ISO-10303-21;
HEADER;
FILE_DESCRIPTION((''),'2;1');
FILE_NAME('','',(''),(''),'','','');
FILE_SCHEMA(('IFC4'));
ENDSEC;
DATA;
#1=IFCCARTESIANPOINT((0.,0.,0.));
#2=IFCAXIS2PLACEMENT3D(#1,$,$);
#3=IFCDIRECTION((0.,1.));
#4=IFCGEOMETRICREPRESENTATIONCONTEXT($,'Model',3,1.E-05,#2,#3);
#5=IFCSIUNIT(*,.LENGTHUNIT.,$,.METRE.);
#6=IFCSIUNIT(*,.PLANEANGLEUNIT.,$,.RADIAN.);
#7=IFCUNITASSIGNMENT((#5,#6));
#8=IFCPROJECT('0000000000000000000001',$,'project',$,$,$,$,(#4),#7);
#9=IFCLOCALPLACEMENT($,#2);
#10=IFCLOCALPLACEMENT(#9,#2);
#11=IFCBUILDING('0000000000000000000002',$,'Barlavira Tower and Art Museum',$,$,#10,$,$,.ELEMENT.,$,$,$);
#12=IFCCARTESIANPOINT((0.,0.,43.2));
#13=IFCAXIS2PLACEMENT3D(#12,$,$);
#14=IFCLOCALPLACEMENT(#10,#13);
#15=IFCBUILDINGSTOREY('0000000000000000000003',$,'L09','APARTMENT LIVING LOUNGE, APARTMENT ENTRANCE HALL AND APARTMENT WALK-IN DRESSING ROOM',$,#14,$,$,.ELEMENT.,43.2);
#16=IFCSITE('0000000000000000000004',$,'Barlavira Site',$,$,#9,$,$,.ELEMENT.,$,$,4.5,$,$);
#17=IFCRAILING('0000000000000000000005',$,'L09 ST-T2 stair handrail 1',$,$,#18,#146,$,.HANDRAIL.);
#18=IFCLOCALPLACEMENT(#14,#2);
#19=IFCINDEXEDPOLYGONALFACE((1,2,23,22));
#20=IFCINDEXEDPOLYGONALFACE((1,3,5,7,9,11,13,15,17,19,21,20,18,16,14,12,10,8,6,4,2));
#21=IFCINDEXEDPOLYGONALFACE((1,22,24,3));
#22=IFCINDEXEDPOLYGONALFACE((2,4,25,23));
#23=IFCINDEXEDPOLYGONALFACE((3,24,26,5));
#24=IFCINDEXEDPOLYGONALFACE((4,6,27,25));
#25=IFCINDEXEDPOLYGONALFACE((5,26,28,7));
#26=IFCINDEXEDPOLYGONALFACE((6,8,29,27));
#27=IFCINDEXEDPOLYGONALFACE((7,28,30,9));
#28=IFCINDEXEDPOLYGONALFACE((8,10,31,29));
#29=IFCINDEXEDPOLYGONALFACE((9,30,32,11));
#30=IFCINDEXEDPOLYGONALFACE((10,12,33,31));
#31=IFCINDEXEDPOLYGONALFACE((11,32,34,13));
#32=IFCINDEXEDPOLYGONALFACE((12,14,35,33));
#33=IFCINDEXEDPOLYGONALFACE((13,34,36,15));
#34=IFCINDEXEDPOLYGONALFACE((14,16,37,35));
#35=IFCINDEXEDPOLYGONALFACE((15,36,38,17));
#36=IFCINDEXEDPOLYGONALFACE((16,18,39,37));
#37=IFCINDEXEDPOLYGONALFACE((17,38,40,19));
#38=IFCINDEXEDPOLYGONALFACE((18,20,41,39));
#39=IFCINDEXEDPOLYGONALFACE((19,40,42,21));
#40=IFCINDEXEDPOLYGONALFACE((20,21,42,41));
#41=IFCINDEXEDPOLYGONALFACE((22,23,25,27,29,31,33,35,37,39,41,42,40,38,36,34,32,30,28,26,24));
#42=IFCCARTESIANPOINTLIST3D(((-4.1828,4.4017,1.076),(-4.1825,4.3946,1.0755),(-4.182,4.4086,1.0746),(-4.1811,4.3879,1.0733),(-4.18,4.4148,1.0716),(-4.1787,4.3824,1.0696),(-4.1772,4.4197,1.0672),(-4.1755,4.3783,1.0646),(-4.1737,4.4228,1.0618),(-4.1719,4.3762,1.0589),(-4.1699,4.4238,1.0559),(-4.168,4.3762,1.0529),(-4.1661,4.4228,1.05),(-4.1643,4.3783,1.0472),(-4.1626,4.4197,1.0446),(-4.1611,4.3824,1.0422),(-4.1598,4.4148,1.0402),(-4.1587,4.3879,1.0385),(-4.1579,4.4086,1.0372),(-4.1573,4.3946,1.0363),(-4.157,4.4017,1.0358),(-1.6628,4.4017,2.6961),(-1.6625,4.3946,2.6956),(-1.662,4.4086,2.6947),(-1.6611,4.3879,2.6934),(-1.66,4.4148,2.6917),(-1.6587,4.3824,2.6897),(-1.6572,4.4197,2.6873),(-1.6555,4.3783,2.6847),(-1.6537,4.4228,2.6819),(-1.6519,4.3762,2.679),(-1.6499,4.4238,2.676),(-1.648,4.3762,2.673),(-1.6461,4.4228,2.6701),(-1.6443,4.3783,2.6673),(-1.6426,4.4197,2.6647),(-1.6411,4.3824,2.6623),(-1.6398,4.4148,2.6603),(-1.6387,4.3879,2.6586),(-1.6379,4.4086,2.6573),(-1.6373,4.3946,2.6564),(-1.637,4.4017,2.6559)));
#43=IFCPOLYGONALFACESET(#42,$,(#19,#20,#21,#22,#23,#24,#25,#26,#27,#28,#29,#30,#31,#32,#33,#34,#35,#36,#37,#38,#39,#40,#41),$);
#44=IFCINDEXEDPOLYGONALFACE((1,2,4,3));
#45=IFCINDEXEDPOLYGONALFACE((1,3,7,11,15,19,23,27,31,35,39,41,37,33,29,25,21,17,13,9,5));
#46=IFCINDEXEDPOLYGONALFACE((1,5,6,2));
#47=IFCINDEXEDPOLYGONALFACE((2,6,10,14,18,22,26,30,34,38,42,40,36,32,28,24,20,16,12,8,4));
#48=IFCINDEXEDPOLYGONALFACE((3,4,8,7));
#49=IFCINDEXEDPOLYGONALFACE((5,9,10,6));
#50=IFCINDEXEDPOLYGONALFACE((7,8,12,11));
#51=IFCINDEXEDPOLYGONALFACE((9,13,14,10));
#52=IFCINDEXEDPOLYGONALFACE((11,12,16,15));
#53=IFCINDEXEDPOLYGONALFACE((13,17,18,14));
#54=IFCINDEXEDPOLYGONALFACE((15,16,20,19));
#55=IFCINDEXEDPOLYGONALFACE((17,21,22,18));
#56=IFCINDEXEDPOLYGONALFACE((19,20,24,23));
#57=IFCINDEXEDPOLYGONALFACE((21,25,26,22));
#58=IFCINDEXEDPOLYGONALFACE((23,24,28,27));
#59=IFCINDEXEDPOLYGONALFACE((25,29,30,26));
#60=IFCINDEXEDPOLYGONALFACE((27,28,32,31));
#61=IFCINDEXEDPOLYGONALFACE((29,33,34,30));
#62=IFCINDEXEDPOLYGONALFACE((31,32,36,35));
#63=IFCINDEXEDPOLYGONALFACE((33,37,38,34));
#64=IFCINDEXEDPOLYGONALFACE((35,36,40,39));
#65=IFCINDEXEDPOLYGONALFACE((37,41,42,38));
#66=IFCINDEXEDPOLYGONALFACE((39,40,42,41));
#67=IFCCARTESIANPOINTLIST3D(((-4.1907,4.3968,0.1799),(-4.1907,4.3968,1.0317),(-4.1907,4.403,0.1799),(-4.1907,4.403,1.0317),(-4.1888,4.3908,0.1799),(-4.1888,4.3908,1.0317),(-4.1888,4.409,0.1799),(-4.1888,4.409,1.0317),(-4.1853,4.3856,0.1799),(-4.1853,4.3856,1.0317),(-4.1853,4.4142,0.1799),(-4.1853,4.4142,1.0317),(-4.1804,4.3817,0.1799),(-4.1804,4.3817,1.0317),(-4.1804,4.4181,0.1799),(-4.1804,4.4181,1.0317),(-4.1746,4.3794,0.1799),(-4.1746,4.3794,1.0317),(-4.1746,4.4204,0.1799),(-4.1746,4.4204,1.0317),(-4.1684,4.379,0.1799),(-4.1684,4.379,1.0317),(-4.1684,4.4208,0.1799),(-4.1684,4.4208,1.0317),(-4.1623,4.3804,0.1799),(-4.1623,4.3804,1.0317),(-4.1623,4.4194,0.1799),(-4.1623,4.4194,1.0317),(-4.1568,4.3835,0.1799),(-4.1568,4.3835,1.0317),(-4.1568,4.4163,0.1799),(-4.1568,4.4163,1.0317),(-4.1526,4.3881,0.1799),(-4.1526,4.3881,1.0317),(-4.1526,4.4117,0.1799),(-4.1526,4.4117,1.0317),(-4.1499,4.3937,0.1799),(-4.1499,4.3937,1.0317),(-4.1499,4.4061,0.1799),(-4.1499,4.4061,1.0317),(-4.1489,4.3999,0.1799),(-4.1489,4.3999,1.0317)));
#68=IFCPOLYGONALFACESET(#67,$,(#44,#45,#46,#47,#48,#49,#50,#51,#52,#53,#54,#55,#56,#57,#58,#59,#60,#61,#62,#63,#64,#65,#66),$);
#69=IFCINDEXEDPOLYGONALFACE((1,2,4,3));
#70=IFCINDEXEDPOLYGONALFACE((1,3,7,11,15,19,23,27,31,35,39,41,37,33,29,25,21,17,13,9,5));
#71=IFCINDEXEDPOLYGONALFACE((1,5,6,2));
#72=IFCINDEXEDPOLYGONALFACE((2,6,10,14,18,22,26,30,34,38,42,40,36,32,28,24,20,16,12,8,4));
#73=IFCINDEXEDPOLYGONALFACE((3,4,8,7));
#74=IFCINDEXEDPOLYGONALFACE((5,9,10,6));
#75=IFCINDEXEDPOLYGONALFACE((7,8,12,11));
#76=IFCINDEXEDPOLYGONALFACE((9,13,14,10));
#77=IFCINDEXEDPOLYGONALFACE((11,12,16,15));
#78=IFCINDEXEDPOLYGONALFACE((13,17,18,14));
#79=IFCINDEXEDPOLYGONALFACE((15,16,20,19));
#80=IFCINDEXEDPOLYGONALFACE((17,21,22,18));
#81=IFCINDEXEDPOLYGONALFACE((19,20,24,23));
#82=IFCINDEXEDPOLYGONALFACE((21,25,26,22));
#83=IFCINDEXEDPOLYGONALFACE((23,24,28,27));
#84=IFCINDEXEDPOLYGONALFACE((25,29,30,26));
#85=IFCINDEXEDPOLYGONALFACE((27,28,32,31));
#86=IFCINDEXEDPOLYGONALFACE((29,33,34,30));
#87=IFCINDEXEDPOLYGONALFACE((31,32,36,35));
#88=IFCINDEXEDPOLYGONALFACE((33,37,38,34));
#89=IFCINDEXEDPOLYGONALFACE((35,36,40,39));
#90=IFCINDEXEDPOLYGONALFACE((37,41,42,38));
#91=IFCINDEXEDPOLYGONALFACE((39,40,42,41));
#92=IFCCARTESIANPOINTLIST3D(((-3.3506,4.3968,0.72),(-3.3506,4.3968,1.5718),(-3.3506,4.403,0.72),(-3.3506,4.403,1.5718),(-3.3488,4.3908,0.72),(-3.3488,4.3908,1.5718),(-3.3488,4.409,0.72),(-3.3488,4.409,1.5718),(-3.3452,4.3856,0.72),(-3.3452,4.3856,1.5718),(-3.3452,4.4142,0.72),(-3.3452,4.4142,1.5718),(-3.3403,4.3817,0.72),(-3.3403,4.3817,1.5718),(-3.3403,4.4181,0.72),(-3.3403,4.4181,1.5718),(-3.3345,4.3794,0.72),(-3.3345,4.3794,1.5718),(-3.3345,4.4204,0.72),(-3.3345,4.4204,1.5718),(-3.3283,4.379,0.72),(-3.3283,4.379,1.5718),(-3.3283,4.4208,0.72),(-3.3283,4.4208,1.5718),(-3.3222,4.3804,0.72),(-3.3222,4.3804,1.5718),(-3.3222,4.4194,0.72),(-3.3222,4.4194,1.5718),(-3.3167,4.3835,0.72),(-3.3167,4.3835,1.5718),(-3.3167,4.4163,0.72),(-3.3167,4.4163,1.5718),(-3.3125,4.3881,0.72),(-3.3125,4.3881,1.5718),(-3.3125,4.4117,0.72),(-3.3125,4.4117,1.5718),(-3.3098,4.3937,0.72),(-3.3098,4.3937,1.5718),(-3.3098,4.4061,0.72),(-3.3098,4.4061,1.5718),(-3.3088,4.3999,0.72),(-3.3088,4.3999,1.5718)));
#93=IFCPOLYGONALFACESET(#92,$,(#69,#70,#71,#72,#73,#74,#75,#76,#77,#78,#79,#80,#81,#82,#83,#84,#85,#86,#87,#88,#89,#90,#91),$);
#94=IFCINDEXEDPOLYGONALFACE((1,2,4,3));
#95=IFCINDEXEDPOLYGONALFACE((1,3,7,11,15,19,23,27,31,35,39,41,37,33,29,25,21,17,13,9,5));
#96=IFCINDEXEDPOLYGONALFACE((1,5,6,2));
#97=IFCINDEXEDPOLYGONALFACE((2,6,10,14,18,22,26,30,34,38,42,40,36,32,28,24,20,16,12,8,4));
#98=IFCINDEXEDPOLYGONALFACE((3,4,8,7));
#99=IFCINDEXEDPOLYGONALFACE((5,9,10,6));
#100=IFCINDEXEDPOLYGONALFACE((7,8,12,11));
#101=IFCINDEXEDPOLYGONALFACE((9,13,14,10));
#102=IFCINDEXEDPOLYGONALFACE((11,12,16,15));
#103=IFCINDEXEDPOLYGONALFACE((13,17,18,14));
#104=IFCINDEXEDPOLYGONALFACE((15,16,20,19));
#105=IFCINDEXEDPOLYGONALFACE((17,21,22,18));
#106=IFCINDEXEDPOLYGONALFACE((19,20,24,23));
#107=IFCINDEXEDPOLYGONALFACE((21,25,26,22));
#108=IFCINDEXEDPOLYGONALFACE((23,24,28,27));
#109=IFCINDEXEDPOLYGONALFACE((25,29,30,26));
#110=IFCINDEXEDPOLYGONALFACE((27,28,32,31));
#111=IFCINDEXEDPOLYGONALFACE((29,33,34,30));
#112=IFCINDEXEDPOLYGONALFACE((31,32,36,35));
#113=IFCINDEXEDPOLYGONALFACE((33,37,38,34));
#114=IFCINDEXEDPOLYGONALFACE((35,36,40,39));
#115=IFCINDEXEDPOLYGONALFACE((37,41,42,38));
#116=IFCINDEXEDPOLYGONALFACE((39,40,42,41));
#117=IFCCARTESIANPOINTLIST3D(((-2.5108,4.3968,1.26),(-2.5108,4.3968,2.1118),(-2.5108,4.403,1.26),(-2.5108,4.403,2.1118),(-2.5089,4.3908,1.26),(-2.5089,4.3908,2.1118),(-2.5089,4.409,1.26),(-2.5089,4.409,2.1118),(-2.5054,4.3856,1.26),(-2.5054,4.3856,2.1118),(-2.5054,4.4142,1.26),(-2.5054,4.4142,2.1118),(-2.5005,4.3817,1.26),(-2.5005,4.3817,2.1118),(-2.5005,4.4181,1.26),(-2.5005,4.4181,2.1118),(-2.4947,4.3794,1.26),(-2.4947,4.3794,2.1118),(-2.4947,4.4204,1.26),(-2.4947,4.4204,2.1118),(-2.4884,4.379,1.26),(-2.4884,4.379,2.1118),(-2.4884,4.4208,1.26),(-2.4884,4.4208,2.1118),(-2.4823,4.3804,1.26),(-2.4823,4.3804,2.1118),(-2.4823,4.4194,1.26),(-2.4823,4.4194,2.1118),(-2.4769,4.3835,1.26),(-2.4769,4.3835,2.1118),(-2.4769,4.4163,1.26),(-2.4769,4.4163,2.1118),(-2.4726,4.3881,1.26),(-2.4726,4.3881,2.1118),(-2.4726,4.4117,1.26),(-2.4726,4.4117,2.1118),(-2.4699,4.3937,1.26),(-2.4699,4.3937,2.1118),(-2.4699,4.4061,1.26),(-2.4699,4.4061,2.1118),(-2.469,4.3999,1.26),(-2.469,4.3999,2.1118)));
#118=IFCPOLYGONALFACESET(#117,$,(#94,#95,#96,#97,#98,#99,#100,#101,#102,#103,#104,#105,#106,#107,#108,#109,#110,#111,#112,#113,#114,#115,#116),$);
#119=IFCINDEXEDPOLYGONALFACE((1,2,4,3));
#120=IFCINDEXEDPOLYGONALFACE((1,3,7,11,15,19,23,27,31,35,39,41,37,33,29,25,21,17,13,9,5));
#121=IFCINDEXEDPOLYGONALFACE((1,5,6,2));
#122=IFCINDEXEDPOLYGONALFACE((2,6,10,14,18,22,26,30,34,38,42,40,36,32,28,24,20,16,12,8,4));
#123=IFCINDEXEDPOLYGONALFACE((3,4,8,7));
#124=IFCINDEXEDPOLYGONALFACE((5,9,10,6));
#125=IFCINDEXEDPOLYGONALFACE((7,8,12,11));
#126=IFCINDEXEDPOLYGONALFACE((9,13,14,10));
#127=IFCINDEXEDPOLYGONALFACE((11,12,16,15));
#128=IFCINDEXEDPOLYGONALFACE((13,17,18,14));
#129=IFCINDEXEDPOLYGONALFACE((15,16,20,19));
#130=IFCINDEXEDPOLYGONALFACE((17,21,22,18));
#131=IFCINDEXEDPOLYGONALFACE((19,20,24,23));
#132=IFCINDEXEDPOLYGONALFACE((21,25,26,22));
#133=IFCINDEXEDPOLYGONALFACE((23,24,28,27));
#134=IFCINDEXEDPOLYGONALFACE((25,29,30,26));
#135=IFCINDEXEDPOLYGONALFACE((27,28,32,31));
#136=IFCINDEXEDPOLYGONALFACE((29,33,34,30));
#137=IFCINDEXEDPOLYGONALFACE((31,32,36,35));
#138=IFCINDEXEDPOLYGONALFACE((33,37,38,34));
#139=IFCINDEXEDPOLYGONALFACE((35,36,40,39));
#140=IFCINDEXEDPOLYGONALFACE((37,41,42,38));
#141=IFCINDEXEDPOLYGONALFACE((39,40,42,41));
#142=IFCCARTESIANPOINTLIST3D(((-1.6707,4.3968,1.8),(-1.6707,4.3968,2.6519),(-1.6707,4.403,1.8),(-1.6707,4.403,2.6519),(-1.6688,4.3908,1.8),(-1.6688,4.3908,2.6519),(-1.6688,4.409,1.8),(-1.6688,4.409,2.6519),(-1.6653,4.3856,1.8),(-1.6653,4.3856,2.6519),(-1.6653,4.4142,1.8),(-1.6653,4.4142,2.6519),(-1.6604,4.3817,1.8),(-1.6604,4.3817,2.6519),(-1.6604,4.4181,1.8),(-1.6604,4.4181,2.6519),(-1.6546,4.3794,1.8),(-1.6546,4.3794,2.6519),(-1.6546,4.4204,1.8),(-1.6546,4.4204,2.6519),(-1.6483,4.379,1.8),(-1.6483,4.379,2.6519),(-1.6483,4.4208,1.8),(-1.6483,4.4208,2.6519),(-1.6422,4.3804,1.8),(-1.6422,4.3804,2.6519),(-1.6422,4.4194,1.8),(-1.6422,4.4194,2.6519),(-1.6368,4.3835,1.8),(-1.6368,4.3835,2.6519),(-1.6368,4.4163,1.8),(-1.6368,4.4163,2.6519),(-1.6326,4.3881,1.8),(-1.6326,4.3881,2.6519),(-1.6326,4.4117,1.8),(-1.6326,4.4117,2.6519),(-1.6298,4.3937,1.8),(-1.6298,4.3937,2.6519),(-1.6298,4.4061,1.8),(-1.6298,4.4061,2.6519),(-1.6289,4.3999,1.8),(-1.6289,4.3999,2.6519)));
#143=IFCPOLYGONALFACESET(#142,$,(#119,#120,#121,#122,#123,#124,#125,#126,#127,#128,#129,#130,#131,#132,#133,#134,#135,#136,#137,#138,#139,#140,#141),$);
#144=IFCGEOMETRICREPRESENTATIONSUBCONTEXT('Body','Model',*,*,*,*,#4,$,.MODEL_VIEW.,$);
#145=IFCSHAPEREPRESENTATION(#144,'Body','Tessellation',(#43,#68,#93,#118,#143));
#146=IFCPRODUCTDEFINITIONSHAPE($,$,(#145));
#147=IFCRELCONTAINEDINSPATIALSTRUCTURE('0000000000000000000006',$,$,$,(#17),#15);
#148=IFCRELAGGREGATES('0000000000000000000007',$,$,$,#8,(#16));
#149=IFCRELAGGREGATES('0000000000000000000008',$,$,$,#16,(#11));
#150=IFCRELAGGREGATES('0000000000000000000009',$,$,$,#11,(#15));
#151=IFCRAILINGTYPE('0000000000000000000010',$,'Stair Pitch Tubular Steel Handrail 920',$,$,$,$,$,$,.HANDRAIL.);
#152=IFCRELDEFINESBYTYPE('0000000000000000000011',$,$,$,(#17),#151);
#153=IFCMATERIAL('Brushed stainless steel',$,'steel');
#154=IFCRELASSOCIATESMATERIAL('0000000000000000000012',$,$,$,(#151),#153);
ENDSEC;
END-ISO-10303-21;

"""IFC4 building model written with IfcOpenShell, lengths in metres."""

from ifc_helpers import new_model, si_unit, direction, frame, origin, origin_2d, place, context, subcontext, project, spatial, circle, extrude, material, type_object, element, save


model = new_model("IFC4")

# Units and contexts
model_context = context("Model", 3, precision=1e-05, world=origin(), true_north=direction((0.0, 1.0)))
body_context = subcontext(model_context, "Body", "Model", "MODEL_VIEW")
ifc_project = project(units=[si_unit("LENGTHUNIT", "METRE"), si_unit("PLANEANGLEUNIT", "RADIAN")], contexts=[model_context])

# Site, building, storey
site_placement = place(None, origin())
site = spatial("IfcSite", under=ifc_project, at=site_placement, Name="Barlavira Site", CompositionType="ELEMENT", RefElevation=4.5)
building_placement = place(site_placement, origin())
building = spatial("IfcBuilding", under=site, at=building_placement, Name="Barlavira Tower and Art Museum", CompositionType="ELEMENT")
storey_placement = place(building_placement, frame((0.0, 0.0, 43.2)))
storey = spatial("IfcBuildingStorey", under=building, at=storey_placement, Name="L09", Description="APARTMENT LIVING LOUNGE, APARTMENT ENTRANCE HALL AND APARTMENT WALK-IN DRESSING ROOM", CompositionType="ELEMENT", Elevation=43.2)

# Shared definitions
ifc_material_1 = material(Name="Brushed stainless steel", Category="steel")

# Railing
railing_type_1 = type_object("IfcRailingType", Name="Stair Pitch Tubular Steel Handrail 920", PredefinedType="HANDRAIL", material=ifc_material_1)
railing_1_placement = place(storey_placement, frame((-4.1699, 4.3999, 0.1799)))
element("IfcRailing", 1, at=railing_1_placement, inside=storey, type_object=railing_type_1, Name="L09 ST-T2 stair handrail 1", PredefinedType="HANDRAIL", context=body_context, shape_type="SweptSolid", body=[
    extrude(circle(Radius=0.0239, at=origin_2d()), frame((0.0, 0.0, 0.876), z_axis=(0.841163, 0.0, 0.540782), x_axis=(0.0, 1.0, 0.0)), (0.0, 0.0, 1.0), 2.9958),
    extrude(circle(Radius=0.021, at=origin_2d()), origin(), (0.0, 0.0, 1.0), 0.8518),
    extrude(circle(Radius=0.021, at=origin_2d()), frame((0.8401, 0.0, 0.54)), (0.0, 0.0, 1.0), 0.8518),
    extrude(circle(Radius=0.021, at=origin_2d()), frame((1.6799, 0.0, 1.0801)), (0.0, 0.0, 1.0), 0.8518),
    extrude(circle(Radius=0.021, at=origin_2d()), frame((2.52, 0.0, 1.6201)), (0.0, 0.0, 1.0), 0.8518),
])

save(model, "model.ifc")
